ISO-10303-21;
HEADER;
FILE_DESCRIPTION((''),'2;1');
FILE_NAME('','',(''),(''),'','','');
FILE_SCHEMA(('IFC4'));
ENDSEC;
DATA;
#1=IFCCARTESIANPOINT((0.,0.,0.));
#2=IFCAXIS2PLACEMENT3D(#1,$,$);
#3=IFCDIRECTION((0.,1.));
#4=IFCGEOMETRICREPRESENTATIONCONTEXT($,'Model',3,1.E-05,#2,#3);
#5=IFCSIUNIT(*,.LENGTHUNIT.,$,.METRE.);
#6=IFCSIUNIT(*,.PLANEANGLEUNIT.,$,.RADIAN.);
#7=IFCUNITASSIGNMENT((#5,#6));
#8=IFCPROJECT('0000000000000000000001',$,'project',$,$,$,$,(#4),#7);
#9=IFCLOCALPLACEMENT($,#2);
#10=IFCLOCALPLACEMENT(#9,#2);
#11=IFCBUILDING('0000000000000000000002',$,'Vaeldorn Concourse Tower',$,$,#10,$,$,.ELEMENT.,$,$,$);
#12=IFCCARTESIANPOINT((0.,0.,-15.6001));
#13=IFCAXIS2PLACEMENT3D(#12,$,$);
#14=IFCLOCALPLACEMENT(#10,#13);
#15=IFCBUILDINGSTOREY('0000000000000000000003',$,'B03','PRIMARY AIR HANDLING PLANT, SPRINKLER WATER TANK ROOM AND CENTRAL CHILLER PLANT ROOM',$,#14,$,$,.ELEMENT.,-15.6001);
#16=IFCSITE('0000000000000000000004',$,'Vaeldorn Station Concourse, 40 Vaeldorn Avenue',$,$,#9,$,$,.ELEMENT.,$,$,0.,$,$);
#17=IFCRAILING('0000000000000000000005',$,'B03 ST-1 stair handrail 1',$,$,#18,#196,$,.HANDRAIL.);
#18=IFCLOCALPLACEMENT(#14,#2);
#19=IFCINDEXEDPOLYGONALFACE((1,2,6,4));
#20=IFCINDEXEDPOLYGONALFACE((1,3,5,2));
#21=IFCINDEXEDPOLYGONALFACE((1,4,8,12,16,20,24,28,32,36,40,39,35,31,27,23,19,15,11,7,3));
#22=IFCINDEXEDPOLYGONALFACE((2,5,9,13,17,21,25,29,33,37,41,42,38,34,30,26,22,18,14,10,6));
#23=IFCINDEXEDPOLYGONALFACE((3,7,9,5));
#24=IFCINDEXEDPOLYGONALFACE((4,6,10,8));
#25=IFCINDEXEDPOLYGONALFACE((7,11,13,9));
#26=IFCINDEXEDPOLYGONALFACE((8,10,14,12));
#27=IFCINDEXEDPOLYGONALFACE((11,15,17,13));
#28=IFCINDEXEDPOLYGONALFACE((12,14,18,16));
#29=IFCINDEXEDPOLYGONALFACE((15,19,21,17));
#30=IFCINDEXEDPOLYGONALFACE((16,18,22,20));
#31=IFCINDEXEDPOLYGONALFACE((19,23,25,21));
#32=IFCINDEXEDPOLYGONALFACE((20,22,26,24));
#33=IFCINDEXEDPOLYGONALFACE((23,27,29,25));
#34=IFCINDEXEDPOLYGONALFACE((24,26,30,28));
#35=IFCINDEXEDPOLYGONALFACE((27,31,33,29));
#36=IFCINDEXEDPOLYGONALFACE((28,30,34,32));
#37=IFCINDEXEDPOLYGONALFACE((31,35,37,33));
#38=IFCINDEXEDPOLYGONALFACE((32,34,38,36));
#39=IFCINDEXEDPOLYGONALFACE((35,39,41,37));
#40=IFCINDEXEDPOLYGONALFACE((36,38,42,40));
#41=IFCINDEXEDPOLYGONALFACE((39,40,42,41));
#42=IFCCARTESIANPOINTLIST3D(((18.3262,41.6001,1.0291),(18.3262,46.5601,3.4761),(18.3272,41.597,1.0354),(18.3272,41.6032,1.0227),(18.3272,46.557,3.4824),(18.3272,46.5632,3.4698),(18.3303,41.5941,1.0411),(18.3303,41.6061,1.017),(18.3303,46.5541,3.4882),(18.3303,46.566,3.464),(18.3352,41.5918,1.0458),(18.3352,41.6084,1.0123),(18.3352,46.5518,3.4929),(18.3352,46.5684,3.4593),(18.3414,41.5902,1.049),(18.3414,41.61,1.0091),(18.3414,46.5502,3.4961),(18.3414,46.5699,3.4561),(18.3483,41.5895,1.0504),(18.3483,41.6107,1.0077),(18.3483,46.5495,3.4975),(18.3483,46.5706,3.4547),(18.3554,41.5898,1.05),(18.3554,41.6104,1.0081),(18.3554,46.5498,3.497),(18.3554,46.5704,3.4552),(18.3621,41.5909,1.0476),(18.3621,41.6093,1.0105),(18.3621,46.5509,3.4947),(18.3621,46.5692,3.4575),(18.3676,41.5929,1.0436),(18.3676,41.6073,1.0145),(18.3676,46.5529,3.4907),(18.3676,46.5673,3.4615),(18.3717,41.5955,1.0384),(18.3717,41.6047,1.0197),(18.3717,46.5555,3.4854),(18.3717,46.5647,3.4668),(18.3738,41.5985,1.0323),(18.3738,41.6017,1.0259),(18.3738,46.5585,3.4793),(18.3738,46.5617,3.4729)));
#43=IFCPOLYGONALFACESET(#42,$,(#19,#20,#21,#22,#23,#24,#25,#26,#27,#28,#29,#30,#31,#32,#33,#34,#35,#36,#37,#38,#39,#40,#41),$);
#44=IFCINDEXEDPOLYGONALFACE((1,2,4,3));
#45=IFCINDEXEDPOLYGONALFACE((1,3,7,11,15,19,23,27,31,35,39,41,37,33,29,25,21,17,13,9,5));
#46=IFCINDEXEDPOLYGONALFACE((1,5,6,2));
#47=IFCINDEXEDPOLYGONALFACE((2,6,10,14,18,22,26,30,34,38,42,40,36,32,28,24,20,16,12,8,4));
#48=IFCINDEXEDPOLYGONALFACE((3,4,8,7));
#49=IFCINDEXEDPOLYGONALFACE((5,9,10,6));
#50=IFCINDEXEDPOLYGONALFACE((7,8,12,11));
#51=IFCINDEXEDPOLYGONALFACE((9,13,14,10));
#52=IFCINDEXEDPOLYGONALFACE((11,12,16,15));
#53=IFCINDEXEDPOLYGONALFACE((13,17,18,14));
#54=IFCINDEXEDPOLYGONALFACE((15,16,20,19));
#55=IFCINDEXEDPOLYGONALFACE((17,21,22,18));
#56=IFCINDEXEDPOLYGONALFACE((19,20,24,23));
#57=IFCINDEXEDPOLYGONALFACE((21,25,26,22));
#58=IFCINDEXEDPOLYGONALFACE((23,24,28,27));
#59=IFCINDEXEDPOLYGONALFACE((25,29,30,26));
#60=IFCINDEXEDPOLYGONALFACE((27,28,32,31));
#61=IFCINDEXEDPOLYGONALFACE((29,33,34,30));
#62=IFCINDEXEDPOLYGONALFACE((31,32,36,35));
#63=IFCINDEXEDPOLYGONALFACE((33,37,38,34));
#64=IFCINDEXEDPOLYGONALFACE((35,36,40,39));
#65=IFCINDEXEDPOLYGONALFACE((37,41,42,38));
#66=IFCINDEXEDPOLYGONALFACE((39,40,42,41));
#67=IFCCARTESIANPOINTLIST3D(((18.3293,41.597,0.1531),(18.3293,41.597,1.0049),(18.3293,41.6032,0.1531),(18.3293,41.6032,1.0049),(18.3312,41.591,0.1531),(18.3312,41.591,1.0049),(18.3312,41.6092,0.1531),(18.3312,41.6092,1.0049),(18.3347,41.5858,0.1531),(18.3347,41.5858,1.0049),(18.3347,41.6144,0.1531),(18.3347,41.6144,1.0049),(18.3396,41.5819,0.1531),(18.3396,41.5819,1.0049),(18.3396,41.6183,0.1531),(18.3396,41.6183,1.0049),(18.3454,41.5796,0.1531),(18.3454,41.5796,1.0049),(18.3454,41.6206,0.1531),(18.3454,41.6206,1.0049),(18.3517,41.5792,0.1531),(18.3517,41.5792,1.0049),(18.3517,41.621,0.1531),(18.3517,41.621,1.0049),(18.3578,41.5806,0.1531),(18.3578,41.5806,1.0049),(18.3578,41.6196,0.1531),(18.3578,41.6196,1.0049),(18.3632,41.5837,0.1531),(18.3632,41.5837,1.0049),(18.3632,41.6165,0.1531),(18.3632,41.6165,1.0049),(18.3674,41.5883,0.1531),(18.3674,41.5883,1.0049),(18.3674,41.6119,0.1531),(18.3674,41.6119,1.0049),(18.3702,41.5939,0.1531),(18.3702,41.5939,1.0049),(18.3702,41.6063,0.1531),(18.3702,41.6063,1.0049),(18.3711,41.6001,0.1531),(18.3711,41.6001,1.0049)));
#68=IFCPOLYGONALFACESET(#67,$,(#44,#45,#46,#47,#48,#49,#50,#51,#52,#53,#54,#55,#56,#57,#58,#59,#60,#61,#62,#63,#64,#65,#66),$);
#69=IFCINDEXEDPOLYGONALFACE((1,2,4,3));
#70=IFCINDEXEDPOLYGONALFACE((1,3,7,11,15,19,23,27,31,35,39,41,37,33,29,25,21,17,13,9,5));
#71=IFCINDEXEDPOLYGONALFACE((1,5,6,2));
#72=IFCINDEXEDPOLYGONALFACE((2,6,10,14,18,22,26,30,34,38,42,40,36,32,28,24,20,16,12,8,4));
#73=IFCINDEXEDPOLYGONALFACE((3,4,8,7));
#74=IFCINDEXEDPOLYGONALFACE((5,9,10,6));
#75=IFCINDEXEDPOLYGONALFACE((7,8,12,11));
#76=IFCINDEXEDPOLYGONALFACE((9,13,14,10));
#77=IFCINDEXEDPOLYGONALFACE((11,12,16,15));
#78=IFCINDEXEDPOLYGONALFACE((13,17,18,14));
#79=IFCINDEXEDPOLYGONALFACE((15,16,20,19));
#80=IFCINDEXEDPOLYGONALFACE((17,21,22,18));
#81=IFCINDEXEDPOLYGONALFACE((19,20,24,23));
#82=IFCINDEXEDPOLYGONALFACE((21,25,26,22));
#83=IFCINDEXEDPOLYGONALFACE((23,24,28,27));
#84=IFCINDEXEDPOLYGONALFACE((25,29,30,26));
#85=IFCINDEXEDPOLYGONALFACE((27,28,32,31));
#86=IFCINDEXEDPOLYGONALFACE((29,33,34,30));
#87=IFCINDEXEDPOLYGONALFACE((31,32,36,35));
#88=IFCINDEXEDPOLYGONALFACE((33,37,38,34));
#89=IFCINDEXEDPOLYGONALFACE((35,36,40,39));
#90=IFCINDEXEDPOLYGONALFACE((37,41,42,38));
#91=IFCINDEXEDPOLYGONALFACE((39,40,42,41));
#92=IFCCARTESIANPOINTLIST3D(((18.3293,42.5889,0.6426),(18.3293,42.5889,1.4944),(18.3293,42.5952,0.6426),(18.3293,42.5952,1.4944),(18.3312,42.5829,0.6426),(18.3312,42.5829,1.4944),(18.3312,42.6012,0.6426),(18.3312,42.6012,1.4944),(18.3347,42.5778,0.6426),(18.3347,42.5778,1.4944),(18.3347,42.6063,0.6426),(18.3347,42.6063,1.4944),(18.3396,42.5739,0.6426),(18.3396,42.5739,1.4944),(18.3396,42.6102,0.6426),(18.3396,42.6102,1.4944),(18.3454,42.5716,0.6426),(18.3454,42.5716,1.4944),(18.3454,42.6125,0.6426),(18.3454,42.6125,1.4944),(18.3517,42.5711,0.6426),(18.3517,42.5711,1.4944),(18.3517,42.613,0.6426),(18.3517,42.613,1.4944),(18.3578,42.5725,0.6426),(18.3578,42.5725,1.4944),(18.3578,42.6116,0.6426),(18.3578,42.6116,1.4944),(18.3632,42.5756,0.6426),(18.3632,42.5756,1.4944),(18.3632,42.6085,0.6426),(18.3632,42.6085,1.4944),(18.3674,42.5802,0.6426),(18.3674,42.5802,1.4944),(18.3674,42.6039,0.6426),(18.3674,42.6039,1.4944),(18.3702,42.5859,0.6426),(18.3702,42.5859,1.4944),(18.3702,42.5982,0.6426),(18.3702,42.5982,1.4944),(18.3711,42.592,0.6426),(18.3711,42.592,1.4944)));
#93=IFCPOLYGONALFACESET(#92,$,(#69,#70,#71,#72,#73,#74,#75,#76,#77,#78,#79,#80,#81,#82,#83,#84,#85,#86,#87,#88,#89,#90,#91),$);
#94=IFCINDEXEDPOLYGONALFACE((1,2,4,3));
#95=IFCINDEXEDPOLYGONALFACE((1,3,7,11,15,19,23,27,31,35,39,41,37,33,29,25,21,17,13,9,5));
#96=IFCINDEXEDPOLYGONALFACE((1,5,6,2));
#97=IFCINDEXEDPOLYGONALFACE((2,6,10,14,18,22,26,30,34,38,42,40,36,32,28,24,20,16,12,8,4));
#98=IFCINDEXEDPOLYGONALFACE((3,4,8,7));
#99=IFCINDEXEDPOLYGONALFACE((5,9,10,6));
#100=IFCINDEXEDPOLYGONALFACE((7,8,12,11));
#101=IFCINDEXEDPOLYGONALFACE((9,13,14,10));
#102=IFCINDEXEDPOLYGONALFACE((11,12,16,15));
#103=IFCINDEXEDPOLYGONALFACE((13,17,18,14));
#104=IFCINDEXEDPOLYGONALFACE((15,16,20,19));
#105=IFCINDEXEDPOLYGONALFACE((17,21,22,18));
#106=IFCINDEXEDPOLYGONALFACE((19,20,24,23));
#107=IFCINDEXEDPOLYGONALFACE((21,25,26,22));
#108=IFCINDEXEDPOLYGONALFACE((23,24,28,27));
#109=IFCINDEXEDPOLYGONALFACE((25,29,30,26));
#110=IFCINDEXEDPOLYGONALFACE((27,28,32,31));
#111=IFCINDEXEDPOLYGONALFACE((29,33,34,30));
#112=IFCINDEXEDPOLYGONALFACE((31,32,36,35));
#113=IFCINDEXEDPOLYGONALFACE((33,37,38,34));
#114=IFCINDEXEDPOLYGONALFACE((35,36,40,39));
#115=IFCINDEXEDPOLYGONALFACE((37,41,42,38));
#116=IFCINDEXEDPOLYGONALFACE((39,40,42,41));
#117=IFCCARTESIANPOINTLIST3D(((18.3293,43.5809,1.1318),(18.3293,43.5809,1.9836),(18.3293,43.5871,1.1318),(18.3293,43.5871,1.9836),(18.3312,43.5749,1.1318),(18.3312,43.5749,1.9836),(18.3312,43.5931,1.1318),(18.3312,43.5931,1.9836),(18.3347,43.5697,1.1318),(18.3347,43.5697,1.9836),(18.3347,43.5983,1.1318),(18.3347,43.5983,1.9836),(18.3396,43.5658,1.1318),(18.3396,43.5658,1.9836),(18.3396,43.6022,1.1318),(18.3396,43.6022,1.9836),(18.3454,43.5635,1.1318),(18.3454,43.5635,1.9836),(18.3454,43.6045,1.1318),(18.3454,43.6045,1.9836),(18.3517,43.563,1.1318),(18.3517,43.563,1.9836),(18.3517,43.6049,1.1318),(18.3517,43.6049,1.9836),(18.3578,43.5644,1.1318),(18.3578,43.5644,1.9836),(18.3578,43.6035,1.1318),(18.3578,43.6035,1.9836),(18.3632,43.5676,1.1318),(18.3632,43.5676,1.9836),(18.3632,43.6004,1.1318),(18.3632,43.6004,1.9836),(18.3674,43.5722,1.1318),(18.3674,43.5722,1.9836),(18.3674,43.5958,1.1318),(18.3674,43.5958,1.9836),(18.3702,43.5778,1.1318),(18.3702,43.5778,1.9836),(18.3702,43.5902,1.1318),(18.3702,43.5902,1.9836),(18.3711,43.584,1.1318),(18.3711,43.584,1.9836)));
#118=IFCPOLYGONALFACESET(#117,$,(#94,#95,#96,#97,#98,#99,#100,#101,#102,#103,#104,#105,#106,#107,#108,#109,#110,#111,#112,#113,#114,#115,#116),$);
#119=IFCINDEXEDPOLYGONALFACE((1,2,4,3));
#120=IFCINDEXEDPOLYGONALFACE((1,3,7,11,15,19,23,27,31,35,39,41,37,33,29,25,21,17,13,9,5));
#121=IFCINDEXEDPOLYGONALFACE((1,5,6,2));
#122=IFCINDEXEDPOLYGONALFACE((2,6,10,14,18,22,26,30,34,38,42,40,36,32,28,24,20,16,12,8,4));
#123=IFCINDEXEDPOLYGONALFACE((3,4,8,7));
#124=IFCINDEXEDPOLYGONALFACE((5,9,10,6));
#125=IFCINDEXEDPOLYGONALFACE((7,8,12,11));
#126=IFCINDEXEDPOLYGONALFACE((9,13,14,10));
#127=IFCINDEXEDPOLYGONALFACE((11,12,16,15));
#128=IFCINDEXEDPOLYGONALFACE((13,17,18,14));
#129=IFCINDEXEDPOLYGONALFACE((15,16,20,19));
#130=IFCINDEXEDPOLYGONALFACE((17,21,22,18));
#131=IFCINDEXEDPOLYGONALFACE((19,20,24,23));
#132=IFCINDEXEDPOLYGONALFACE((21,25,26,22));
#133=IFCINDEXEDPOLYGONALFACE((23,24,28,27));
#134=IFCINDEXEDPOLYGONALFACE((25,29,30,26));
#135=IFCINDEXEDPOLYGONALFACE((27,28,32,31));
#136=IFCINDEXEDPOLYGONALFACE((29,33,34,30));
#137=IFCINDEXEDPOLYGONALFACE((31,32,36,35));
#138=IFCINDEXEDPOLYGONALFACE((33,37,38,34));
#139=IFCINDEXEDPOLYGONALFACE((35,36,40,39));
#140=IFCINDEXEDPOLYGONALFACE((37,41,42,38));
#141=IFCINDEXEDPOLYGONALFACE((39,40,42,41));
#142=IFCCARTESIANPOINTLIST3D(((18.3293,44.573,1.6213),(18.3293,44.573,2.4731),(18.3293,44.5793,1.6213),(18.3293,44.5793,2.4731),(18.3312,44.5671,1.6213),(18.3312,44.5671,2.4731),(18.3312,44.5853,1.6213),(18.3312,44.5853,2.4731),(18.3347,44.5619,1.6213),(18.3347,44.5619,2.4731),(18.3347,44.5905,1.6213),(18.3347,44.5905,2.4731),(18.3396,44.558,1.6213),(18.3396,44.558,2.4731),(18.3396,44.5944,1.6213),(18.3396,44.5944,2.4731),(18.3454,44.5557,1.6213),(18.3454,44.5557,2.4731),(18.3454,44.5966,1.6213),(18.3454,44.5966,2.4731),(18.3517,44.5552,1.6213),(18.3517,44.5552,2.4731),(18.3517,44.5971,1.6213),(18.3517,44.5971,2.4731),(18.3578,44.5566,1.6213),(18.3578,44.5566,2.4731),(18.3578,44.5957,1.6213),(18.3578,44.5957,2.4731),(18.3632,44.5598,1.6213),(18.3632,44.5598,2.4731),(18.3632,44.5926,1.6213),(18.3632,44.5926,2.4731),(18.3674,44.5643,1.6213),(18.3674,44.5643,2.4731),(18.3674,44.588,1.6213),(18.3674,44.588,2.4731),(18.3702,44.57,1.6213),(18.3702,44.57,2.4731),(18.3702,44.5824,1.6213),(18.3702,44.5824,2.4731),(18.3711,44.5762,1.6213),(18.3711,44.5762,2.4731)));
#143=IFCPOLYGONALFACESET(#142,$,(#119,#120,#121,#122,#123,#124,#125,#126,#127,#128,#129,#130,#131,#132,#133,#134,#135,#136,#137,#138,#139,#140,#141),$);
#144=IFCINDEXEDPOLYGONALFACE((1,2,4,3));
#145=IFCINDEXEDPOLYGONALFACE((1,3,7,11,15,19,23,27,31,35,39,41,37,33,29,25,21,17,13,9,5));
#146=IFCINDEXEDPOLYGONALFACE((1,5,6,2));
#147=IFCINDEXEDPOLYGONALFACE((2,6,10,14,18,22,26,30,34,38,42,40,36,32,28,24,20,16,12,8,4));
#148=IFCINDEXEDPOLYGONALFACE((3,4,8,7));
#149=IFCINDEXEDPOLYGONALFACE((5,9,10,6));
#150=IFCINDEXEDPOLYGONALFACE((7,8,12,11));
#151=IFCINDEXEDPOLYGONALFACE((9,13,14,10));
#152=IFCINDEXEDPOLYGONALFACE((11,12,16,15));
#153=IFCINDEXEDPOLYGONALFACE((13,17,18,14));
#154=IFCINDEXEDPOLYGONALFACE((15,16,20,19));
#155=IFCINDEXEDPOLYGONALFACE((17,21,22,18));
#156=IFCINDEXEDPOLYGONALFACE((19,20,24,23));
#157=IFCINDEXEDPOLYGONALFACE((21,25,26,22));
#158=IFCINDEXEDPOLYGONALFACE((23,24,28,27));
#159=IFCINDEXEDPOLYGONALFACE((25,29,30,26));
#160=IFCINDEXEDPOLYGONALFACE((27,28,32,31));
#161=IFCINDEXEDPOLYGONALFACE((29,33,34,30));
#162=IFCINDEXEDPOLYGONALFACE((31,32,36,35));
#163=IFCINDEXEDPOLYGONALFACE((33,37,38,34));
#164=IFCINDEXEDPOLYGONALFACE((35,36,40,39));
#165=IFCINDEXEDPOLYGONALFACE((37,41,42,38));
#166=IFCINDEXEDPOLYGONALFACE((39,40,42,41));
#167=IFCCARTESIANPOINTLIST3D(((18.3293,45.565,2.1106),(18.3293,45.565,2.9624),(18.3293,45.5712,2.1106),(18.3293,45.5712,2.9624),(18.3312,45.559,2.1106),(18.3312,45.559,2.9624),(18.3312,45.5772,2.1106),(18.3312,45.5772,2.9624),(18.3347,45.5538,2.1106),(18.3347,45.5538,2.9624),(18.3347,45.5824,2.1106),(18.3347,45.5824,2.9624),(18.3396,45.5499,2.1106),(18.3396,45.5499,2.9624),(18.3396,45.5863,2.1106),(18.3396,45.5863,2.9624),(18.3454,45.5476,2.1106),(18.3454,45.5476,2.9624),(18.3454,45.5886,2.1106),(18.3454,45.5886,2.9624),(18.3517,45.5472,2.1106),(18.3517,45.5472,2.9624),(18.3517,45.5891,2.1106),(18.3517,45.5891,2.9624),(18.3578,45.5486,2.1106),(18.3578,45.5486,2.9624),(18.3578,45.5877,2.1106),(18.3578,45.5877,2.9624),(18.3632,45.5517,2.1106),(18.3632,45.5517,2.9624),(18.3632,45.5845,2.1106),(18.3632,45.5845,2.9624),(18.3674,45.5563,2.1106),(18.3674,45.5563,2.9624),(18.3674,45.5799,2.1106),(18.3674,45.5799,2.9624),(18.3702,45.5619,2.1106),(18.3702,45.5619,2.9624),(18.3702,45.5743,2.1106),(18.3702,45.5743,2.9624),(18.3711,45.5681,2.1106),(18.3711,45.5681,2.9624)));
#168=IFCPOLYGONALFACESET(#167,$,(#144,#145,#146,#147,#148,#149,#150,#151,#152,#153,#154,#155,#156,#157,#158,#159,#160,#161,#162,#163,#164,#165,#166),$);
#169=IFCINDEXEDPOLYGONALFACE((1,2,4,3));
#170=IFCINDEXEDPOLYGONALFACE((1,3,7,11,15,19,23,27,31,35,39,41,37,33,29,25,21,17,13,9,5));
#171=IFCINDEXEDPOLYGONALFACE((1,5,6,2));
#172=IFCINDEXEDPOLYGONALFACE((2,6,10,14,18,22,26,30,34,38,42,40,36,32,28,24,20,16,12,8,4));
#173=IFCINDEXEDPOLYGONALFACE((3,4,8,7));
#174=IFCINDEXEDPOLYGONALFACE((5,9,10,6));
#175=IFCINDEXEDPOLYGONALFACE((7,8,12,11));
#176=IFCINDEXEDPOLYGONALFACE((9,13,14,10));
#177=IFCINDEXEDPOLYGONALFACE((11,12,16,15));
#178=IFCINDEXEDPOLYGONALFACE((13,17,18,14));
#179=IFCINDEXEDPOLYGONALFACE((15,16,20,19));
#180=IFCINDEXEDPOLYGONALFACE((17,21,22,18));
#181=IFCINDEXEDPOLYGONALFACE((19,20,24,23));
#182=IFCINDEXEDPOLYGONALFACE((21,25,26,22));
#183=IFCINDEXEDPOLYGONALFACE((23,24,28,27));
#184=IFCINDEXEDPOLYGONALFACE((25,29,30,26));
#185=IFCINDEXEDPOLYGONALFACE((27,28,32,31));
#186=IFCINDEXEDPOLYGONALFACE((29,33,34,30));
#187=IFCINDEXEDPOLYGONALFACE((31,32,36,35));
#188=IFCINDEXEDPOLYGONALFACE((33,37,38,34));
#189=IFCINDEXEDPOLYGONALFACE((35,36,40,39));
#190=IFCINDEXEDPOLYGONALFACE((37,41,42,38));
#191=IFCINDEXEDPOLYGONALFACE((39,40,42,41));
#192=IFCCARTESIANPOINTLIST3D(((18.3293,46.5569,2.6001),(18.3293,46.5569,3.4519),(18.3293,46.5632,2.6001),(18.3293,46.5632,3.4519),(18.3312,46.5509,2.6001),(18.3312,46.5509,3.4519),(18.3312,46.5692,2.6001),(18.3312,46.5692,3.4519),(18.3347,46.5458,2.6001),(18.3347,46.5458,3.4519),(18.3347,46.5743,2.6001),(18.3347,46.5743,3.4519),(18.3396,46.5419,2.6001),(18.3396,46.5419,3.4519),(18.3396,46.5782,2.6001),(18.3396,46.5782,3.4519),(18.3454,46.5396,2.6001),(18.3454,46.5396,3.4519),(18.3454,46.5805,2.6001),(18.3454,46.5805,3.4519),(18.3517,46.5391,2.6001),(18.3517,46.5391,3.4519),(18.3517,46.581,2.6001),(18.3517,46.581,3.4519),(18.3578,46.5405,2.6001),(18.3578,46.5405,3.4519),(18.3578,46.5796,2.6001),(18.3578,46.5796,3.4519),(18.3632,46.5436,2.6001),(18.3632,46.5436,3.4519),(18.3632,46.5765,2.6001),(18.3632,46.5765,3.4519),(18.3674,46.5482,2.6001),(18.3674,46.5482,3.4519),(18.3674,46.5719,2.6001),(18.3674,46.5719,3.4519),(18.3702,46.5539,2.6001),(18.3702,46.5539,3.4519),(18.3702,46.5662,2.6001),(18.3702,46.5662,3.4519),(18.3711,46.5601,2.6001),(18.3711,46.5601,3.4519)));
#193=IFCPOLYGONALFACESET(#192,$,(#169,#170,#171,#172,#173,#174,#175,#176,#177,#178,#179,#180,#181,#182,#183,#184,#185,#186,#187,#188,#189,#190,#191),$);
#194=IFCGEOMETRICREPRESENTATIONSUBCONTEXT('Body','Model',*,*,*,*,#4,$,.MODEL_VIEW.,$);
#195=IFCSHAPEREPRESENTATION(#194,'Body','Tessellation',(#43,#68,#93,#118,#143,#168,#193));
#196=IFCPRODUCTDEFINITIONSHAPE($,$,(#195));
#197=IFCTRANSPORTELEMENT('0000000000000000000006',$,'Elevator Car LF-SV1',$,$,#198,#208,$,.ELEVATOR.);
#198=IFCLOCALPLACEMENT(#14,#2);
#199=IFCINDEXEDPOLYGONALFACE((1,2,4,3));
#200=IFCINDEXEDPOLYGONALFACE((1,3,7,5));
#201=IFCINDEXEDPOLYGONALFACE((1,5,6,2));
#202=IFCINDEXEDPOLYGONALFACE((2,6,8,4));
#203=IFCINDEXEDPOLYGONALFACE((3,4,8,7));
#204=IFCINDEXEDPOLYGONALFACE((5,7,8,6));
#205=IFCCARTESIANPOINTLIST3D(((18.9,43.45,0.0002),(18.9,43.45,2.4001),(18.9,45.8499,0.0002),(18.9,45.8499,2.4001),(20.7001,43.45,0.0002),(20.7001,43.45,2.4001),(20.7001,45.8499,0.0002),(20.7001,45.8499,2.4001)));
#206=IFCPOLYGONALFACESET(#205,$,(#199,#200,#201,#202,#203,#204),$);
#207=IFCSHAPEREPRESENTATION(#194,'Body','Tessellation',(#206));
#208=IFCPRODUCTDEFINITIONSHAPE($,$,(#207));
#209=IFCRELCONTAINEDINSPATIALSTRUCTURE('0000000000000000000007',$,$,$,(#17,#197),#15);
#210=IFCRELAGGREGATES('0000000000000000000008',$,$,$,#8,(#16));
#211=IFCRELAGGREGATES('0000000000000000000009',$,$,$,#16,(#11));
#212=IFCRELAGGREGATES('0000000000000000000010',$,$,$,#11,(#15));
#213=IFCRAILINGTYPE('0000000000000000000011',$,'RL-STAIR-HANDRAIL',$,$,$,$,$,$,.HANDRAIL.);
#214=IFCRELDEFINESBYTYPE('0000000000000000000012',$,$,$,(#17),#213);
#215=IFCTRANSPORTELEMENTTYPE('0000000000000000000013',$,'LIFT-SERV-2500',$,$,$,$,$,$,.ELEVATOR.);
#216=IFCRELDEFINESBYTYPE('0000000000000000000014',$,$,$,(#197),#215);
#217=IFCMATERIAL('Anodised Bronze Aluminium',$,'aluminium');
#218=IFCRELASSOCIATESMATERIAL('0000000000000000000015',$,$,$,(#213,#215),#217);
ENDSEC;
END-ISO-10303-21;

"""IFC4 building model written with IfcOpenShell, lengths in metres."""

from ifc_helpers import new_model, si_unit, direction, frame, origin, origin_2d, place, context, subcontext, project, spatial, rectangle, circle, extrude, source, transform, mapped, material, type_object, element, save


model = new_model("IFC4")

# Units and contexts
model_context = context("Model", 3, precision=1e-05, world=origin(), true_north=direction((0.0, 1.0)))
body_context = subcontext(model_context, "Body", "Model", "MODEL_VIEW")
ifc_project = project(units=[si_unit("LENGTHUNIT", "METRE"), si_unit("PLANEANGLEUNIT", "RADIAN")], contexts=[model_context])

# Site, building, storey
site_placement = place(None, origin())
site = spatial("IfcSite", under=ifc_project, at=site_placement, Name="Vaeldorn Station Concourse, 40 Vaeldorn Avenue", CompositionType="ELEMENT", RefElevation=0.0)
building_placement = place(site_placement, origin())
building = spatial("IfcBuilding", under=site, at=building_placement, Name="Vaeldorn Concourse Tower", CompositionType="ELEMENT")
storey_placement = place(building_placement, frame((0.0, 0.0, -15.6001)))
storey = spatial("IfcBuildingStorey", under=building, at=storey_placement, Name="B03", Description="PRIMARY AIR HANDLING PLANT, SPRINKLER WATER TANK ROOM AND CENTRAL CHILLER PLANT ROOM", CompositionType="ELEMENT", Elevation=-15.6001)

# Shared definitions
ifc_material_1 = material(Name="Anodised Bronze Aluminium", Category="aluminium")

# Railing
railing_type_1 = type_object("IfcRailingType", Name="RL-STAIR-HANDRAIL", PredefinedType="HANDRAIL", material=ifc_material_1)
railing_1_placement = place(storey_placement, frame((18.3501, 41.6001, 0.1531)))
element("IfcRailing", 1, at=railing_1_placement, inside=storey, type_object=railing_type_1, Name="B03 ST-1 stair handrail 1", PredefinedType="HANDRAIL", context=body_context, shape_type="SweptSolid", body=[
    extrude(circle(Radius=0.0239, at=origin_2d()), frame((0.0, 0.0, 0.876), z_axis=(0.0, 0.896798, 0.44244), x_axis=(-1.0, 0.0, 0.0)), (0.0, 0.0, 1.0), 5.5308),
    extrude(circle(Radius=0.021, at=origin_2d()), origin(), (0.0, 0.0, 1.0), 0.8518),
    extrude(circle(Radius=0.021, at=origin_2d()), frame((0.0, 0.9919, 0.4895)), (0.0, 0.0, 1.0), 0.8518),
    extrude(circle(Radius=0.021, at=origin_2d()), frame((0.0, 1.9839, 0.9788)), (0.0, 0.0, 1.0), 0.8518),
    extrude(circle(Radius=0.021, at=origin_2d()), frame((0.0, 2.9761, 1.4683)), (0.0, 0.0, 1.0), 0.8518),
    extrude(circle(Radius=0.021, at=origin_2d()), frame((0.0, 3.968, 1.9575)), (0.0, 0.0, 1.0), 0.8518),
    extrude(circle(Radius=0.021, at=origin_2d()), frame((0.0, 4.96, 2.447)), (0.0, 0.0, 1.0), 0.8518),
])

# Transport element
transport_element_type_1 = type_object("IfcTransportElementType", Name="LIFT-SERV-2500", PredefinedType="ELEVATOR", material=ifc_material_1)
shared_shape_1 = source(origin(), body_context, "Body", "SweptSolid", [
    extrude(rectangle(XDim=1.8, YDim=2.3999, at=origin_2d()), origin(), (0.0, 0.0, 1.0), 2.3999),
])
transport_element_1_placement = place(storey_placement, frame((19.8, 44.6499, 0.0002), z_axis=(0.0, 0.0, 1.0), x_axis=(1.0, 0.0, 0.0)))
element("IfcTransportElement", 2, at=transport_element_1_placement, inside=storey, type_object=transport_element_type_1, Name="Elevator Car LF-SV1", PredefinedType="ELEVATOR", context=body_context, shape_type="MappedRepresentation", body=[
    mapped(shared_shape_1, transform((0.0, 0.0, 0.0), scale=1.0)),
])

save(model, "model.ifc")
